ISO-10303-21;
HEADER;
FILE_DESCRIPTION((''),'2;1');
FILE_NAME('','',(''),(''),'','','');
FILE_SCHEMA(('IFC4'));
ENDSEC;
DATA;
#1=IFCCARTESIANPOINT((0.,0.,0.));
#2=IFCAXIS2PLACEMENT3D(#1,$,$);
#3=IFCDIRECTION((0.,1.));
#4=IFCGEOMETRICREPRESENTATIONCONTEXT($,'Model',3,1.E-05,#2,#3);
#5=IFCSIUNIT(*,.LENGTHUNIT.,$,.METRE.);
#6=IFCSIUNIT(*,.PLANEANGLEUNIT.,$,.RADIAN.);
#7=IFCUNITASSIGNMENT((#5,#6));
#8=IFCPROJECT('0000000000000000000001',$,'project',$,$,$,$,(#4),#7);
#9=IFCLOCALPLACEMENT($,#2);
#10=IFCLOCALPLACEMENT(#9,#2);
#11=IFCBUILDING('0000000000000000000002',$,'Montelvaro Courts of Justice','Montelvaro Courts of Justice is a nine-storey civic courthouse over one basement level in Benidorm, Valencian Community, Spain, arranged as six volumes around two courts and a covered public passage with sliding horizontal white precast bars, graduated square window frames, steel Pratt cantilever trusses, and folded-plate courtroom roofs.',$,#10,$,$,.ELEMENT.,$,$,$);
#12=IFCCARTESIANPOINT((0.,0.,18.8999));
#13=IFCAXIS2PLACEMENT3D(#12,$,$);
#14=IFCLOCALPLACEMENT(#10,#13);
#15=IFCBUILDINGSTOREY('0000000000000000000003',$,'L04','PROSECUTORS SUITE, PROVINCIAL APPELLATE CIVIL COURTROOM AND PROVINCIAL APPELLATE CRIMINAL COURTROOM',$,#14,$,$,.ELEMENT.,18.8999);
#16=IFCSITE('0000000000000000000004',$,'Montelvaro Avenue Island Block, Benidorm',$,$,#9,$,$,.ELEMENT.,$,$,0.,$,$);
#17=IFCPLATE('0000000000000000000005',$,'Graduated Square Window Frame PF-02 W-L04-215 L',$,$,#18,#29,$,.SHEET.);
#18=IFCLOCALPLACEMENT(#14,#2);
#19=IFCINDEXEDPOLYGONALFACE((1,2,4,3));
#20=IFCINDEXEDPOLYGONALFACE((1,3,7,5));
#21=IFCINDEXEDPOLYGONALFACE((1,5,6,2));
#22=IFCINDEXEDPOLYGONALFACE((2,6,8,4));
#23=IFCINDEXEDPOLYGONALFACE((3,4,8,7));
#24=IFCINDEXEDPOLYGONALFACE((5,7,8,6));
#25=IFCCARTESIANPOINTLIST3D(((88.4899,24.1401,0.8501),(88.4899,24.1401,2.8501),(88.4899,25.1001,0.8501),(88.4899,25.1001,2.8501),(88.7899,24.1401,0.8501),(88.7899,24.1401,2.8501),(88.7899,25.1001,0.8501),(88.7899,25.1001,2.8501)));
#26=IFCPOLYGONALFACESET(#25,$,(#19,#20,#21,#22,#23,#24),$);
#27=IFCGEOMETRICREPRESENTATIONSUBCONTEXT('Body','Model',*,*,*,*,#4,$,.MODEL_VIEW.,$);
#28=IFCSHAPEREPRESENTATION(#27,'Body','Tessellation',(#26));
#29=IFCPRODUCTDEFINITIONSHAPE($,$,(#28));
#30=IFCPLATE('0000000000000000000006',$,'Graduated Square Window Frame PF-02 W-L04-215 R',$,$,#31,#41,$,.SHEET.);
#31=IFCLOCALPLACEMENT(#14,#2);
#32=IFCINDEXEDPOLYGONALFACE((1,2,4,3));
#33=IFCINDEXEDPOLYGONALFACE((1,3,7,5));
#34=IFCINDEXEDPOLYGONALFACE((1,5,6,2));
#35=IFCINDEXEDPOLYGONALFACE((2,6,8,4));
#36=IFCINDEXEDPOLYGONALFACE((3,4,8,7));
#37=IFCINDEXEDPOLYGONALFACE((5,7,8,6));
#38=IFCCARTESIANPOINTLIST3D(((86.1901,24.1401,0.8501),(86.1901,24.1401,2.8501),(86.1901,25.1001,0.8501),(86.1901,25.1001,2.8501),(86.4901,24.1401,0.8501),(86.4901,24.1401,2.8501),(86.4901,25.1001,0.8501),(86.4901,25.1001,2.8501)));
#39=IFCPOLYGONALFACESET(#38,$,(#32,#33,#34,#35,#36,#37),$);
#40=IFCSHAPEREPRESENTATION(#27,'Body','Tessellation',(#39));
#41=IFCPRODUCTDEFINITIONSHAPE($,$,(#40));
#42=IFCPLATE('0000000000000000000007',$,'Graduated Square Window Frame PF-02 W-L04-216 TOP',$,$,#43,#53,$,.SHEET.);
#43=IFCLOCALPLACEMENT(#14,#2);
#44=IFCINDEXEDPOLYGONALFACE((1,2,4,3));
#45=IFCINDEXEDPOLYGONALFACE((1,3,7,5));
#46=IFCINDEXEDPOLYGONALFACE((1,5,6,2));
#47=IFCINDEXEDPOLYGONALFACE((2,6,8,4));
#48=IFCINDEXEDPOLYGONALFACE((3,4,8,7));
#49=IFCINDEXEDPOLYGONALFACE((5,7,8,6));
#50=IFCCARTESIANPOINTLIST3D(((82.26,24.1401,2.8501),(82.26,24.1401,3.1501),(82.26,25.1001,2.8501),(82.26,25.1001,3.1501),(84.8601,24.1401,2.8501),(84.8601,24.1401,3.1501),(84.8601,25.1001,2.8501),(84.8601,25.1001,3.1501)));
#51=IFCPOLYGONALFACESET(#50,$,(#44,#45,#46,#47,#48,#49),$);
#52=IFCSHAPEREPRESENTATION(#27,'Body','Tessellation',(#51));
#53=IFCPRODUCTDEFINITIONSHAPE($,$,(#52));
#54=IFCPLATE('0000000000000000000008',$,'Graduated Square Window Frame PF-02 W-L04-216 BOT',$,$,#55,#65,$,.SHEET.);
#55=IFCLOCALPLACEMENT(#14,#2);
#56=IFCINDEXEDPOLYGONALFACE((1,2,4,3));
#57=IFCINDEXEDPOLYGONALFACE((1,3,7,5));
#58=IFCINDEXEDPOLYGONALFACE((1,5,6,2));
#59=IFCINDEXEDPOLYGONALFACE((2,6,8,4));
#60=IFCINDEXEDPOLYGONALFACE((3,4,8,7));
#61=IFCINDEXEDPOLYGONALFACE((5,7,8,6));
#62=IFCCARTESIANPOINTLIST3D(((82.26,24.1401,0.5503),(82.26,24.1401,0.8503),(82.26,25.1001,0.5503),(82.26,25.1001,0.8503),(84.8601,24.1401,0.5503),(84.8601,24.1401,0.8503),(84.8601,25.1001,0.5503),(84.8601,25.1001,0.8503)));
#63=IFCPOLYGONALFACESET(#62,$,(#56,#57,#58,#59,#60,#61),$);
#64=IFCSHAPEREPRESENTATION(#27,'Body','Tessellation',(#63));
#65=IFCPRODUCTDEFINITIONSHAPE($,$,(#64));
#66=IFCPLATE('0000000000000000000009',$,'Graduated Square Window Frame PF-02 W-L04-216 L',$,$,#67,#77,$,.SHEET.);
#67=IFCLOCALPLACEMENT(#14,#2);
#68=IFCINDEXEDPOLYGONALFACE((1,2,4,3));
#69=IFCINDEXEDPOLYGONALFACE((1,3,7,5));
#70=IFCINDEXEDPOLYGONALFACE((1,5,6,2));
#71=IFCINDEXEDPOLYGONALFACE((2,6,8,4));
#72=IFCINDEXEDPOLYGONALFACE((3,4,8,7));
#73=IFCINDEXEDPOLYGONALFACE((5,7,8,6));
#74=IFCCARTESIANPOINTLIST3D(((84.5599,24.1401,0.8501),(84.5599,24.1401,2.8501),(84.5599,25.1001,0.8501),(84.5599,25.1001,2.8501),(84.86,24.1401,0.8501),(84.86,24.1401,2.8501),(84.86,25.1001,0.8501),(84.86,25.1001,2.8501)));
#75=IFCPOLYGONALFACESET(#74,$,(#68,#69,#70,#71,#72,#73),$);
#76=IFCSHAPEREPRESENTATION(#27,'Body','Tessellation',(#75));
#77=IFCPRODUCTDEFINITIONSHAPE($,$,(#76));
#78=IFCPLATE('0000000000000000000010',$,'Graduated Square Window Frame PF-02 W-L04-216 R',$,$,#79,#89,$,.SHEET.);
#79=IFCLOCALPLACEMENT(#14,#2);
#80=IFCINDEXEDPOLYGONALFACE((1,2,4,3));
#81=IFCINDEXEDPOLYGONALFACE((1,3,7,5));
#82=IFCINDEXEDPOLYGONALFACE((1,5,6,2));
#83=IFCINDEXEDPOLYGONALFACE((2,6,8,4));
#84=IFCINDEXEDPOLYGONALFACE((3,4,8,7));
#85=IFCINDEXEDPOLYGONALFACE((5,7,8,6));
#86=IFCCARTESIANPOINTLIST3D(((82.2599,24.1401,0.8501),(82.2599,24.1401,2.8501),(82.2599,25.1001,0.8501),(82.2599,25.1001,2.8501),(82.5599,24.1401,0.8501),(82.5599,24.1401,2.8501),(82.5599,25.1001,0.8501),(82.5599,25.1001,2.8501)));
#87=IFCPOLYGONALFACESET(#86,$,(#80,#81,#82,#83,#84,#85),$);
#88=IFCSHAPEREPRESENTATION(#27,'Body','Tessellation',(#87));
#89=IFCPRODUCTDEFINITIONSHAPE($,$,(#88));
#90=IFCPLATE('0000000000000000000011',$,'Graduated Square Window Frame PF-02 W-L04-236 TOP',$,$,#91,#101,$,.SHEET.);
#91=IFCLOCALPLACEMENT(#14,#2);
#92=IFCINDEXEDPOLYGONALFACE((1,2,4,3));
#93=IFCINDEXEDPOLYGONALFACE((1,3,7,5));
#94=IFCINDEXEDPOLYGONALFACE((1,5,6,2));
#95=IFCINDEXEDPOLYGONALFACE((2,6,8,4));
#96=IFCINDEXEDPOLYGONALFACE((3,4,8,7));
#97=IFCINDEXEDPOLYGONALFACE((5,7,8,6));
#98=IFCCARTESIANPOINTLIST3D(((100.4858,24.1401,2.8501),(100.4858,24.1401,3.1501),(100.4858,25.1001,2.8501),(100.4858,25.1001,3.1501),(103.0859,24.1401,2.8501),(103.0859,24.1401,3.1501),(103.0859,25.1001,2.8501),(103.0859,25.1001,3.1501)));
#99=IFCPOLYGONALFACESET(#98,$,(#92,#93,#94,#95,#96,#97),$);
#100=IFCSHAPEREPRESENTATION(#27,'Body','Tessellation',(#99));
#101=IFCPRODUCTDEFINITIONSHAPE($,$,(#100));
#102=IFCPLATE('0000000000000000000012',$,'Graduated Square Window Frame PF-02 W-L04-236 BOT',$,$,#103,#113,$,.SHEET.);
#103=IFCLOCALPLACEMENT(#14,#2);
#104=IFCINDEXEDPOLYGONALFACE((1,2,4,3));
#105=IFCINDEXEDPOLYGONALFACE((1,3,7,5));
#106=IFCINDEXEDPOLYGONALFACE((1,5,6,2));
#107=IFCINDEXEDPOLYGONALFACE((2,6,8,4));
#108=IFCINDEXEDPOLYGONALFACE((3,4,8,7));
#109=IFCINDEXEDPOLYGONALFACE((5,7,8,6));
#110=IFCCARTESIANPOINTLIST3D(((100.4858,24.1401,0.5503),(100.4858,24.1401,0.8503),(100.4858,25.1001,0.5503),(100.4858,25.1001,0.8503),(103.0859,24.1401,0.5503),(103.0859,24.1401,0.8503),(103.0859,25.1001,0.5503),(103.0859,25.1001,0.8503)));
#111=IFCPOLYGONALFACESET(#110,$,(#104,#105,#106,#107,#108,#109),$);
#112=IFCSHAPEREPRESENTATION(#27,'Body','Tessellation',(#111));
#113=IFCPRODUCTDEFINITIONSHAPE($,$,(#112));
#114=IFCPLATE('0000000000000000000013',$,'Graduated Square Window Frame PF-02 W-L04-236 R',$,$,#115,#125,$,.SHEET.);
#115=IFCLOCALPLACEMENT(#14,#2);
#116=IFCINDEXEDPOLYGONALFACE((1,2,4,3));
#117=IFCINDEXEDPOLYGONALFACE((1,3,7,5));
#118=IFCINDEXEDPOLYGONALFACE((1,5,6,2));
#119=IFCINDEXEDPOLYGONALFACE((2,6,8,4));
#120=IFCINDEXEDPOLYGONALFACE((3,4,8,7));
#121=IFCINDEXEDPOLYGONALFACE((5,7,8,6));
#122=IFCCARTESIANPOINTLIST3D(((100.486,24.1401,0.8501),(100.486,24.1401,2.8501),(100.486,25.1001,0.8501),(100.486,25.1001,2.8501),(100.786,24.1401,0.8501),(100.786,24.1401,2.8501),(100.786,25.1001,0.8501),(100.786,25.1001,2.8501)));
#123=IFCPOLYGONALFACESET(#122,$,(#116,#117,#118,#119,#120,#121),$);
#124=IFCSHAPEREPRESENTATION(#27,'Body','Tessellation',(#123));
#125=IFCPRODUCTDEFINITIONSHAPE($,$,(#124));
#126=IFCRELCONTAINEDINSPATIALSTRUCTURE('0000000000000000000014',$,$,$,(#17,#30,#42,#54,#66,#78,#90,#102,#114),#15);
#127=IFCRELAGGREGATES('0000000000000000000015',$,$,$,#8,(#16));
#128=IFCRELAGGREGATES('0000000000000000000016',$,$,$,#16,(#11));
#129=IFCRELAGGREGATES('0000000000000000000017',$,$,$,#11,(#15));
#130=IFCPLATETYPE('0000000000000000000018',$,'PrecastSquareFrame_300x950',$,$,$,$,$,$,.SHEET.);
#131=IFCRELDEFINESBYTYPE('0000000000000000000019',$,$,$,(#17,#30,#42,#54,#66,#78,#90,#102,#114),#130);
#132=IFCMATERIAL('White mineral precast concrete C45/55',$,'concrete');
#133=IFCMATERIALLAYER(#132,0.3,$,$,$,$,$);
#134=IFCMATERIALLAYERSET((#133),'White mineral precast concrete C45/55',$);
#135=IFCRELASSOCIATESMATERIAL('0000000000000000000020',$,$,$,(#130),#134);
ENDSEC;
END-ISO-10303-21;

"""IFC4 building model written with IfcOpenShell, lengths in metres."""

from ifc_helpers import new_model, si_unit, direction, frame, origin, origin_2d, place, context, subcontext, project, spatial, rectangle, extrude, material, layer, layer_set, type_object, element, save


model = new_model("IFC4")

# Units and contexts
model_context = context("Model", 3, precision=1e-05, world=origin(), true_north=direction((0.0, 1.0)))
body_context = subcontext(model_context, "Body", "Model", "MODEL_VIEW")
ifc_project = project(units=[si_unit("LENGTHUNIT", "METRE"), si_unit("PLANEANGLEUNIT", "RADIAN")], contexts=[model_context])

# Site, building, storey
site_placement = place(None, origin())
site = spatial("IfcSite", under=ifc_project, at=site_placement, Name="Montelvaro Avenue Island Block, Benidorm", CompositionType="ELEMENT", RefElevation=0.0)
building_placement = place(site_placement, origin())
building = spatial("IfcBuilding", under=site, at=building_placement, Name="Montelvaro Courts of Justice", Description="Montelvaro Courts of Justice is a nine-storey civic courthouse over one basement level in Benidorm, Valencian Community, Spain, arranged as six volumes around two courts and a covered public passage with sliding horizontal white precast bars, graduated square window frames, steel Pratt cantilever trusses, and folded-plate courtroom roofs.", CompositionType="ELEMENT")
storey_placement = place(building_placement, frame((0.0, 0.0, 18.8999)))
storey = spatial("IfcBuildingStorey", under=building, at=storey_placement, Name="L04", Description="PROSECUTORS SUITE, PROVINCIAL APPELLATE CIVIL COURTROOM AND PROVINCIAL APPELLATE CRIMINAL COURTROOM", CompositionType="ELEMENT", Elevation=18.8999)

# Plates
ifc_material_1 = material(Name="White mineral precast concrete C45/55", Category="concrete")
ifc_layer_1 = layer(ifc_material_1, 0.3)
ifc_layer_set_1 = layer_set([ifc_layer_1], Name="White mineral precast concrete C45/55")
plate_type_1 = type_object("IfcPlateType", Name="PrecastSquareFrame_300x950", PredefinedType="SHEET", material=ifc_layer_set_1)
for number, where, z_axis, x_axis, name in (
    (1, (88.6399, 24.6201, 0.8501), (0.0, 0.0, 1.0), (-1.0, 0.0, 0.0), "Graduated Square Window Frame PF-02 W-L04-215 L"),
    (2, (86.3401, 24.6201, 0.8501), (0.0, 0.0, 1.0), (-1.0, 0.0, 0.0), "Graduated Square Window Frame PF-02 W-L04-215 R"),
):
    element("IfcPlate", number, at=place(storey_placement, frame(where, z_axis=z_axis, x_axis=x_axis)), inside=storey, type_object=plate_type_1, Name=name, PredefinedType="SHEET", context=body_context, shape_type="SweptSolid", body=[
        extrude(rectangle(XDim=0.3, YDim=0.96, at=origin_2d()), origin(), (0.0, 0.0, 1.0), 2.0),
    ])
for number, where, z_axis, x_axis, name in (
    (3, (83.5601, 24.6201, 2.8501), (0.0, 0.0, 1.0), (-1.0, 0.0, 0.0), "Graduated Square Window Frame PF-02 W-L04-216 TOP"),
    (4, (83.5601, 24.6201, 0.5503), (0.0, 0.0, 1.0), (-1.0, 0.0, 0.0), "Graduated Square Window Frame PF-02 W-L04-216 BOT"),
):
    element("IfcPlate", number, at=place(storey_placement, frame(where, z_axis=z_axis, x_axis=x_axis)), inside=storey, type_object=plate_type_1, Name=name, PredefinedType="SHEET", context=body_context, shape_type="SweptSolid", body=[
        extrude(rectangle(XDim=2.6001, YDim=0.96, at=origin_2d()), origin(), (0.0, 0.0, 1.0), 0.3),
    ])
for number, where, z_axis, x_axis, name in (
    (5, (84.71, 24.6201, 0.8501), (0.0, 0.0, 1.0), (-1.0, 0.0, 0.0), "Graduated Square Window Frame PF-02 W-L04-216 L"),
    (6, (82.4099, 24.6201, 0.8501), (0.0, 0.0, 1.0), (-1.0, 0.0, 0.0), "Graduated Square Window Frame PF-02 W-L04-216 R"),
):
    element("IfcPlate", number, at=place(storey_placement, frame(where, z_axis=z_axis, x_axis=x_axis)), inside=storey, type_object=plate_type_1, Name=name, PredefinedType="SHEET", context=body_context, shape_type="SweptSolid", body=[
        extrude(rectangle(XDim=0.3, YDim=0.96, at=origin_2d()), origin(), (0.0, 0.0, 1.0), 2.0),
    ])
for number, where, z_axis, x_axis, name in (
    (7, (101.7859, 24.6201, 2.8501), (0.0, 0.0, 1.0), (-1.0, 0.0, 0.0), "Graduated Square Window Frame PF-02 W-L04-236 TOP"),
    (8, (101.7859, 24.6201, 0.5503), (0.0, 0.0, 1.0), (-1.0, 0.0, 0.0), "Graduated Square Window Frame PF-02 W-L04-236 BOT"),
):
    element("IfcPlate", number, at=place(storey_placement, frame(where, z_axis=z_axis, x_axis=x_axis)), inside=storey, type_object=plate_type_1, Name=name, PredefinedType="SHEET", context=body_context, shape_type="SweptSolid", body=[
        extrude(rectangle(XDim=2.6001, YDim=0.96, at=origin_2d()), origin(), (0.0, 0.0, 1.0), 0.3),
    ])
plate_1_placement = place(storey_placement, frame((100.636, 24.6201, 0.8501), z_axis=(0.0, 0.0, 1.0), x_axis=(-1.0, 0.0, 0.0)))
element("IfcPlate", 9, at=plate_1_placement, inside=storey, type_object=plate_type_1, Name="Graduated Square Window Frame PF-02 W-L04-236 R", PredefinedType="SHEET", context=body_context, shape_type="SweptSolid", body=[
    extrude(rectangle(XDim=0.3, YDim=0.96, at=origin_2d()), origin(), (0.0, 0.0, 1.0), 2.0),
])

save(model, "model.ifc")
